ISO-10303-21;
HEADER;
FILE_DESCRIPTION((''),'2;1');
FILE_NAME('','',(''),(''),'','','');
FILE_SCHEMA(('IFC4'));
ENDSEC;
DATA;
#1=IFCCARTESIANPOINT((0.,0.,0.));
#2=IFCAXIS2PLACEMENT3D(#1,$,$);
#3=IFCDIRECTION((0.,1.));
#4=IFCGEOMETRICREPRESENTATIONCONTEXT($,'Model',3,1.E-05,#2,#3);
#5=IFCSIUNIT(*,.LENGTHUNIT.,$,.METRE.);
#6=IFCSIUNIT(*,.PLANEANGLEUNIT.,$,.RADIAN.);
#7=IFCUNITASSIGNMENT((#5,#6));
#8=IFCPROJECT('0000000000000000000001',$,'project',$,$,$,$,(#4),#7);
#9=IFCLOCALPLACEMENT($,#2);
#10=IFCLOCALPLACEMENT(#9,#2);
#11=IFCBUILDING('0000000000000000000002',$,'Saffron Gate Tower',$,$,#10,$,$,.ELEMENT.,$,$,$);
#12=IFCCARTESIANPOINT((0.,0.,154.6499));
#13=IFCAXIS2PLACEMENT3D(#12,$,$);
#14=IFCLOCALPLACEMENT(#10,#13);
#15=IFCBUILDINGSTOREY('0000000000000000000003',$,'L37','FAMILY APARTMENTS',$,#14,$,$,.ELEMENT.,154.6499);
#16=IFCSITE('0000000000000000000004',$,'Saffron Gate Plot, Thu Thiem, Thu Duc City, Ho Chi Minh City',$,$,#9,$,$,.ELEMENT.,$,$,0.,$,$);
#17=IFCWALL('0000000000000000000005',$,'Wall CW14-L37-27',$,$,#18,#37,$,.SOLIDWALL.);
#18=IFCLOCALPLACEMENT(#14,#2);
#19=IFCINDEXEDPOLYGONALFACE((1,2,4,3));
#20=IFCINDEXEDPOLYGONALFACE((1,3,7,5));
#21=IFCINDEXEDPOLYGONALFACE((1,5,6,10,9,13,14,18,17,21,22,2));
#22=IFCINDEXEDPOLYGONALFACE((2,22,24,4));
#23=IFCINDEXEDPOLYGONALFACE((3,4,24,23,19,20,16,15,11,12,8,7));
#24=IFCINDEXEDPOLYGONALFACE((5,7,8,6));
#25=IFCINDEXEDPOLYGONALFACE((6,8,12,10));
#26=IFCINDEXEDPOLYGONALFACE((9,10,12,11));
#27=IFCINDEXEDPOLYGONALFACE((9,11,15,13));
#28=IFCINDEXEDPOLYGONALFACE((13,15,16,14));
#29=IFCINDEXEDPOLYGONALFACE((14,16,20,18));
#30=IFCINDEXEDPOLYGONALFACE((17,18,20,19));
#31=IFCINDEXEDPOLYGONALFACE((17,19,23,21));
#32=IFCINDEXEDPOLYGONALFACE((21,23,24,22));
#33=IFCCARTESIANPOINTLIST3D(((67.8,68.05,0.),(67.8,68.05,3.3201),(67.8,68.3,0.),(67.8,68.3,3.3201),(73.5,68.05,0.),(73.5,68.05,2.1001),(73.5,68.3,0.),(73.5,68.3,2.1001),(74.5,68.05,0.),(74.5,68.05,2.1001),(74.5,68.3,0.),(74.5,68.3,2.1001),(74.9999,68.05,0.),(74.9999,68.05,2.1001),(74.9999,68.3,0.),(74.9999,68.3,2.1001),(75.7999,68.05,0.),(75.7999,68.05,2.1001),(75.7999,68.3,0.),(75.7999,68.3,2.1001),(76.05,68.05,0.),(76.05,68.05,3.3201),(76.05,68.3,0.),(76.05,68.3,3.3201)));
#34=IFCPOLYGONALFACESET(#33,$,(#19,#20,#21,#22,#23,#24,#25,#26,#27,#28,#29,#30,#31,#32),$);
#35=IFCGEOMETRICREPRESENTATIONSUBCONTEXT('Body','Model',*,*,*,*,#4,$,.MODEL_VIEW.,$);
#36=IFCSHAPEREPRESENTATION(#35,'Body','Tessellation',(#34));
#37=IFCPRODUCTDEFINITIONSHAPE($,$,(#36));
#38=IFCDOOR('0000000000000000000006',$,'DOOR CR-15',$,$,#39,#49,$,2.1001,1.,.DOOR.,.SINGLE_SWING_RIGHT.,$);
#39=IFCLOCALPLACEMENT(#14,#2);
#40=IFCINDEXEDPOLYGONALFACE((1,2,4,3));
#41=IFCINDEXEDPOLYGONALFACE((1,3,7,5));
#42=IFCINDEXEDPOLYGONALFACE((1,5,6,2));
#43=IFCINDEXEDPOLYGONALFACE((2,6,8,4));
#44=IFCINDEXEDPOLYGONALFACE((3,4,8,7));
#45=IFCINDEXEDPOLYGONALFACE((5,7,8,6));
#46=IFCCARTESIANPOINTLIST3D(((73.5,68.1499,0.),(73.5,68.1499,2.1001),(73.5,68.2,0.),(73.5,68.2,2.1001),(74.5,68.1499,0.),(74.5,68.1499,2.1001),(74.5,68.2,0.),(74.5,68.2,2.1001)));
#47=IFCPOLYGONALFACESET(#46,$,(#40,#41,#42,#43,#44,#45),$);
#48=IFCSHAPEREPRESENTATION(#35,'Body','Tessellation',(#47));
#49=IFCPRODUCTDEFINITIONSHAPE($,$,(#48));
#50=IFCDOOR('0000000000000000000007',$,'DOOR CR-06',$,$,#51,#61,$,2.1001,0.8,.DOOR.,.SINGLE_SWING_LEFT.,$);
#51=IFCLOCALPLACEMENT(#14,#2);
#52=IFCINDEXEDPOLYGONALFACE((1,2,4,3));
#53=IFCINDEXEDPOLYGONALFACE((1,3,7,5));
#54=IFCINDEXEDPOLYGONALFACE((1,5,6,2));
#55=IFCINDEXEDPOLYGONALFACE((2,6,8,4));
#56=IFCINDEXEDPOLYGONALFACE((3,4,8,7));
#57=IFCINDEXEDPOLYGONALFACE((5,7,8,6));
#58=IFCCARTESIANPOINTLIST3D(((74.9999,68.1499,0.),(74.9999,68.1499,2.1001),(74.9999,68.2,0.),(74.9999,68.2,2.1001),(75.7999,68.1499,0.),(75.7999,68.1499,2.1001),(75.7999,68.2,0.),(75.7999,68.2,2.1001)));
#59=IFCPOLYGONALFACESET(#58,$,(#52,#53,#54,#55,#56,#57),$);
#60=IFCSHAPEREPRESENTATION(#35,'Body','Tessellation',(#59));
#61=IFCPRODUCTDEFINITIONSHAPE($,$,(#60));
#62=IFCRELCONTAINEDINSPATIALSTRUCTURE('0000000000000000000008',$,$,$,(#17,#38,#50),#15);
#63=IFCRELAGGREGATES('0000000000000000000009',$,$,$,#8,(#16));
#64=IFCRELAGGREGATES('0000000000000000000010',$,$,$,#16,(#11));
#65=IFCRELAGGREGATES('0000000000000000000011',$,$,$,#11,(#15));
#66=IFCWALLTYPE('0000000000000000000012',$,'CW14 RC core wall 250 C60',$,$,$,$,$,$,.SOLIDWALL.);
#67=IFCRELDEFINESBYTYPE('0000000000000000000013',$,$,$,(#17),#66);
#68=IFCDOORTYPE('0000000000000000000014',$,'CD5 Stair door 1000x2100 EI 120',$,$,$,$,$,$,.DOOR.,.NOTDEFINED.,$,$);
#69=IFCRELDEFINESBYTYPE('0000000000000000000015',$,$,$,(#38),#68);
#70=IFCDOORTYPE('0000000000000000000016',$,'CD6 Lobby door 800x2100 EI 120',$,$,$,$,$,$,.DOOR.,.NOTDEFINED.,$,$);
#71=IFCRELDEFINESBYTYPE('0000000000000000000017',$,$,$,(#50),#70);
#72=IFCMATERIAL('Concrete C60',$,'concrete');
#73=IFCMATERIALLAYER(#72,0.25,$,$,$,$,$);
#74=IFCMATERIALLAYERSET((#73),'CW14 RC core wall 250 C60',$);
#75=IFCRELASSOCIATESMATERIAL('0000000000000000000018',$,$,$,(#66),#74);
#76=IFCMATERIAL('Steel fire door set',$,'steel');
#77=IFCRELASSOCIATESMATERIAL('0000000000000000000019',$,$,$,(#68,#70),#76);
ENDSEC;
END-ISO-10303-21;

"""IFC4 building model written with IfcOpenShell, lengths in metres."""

from ifc_helpers import new_model, si_unit, direction, frame, frame_2d, origin, place, context, subcontext, project, spatial, rectangle, extrude, material, layer, layer_set, type_object, element, fill, save


model = new_model("IFC4")

# Units and contexts
model_context = context("Model", 3, precision=1e-05, world=origin(), true_north=direction((0.0, 1.0)))
body_context = subcontext(model_context, "Body", "Model", "MODEL_VIEW")
ifc_project = project(units=[si_unit("LENGTHUNIT", "METRE"), si_unit("PLANEANGLEUNIT", "RADIAN")], contexts=[model_context])

# Site, building, storey
site_placement = place(None, origin())
site = spatial("IfcSite", under=ifc_project, at=site_placement, Name="Saffron Gate Plot, Thu Thiem, Thu Duc City, Ho Chi Minh City", CompositionType="ELEMENT", RefElevation=0.0)
building_placement = place(site_placement, origin())
building = spatial("IfcBuilding", under=site, at=building_placement, Name="Saffron Gate Tower", CompositionType="ELEMENT")
storey_placement = place(building_placement, frame((0.0, 0.0, 154.6499)))
storey = spatial("IfcBuildingStorey", under=building, at=storey_placement, Name="L37", Description="FAMILY APARTMENTS", CompositionType="ELEMENT", Elevation=154.6499)

# Wall, openings, doors
ifc_material_1 = material(Name="Concrete C60", Category="concrete")
ifc_layer_1 = layer(ifc_material_1, 0.25)
ifc_layer_set_1 = layer_set([ifc_layer_1], Name="CW14 RC core wall 250 C60")
wall_type_1 = type_object("IfcWallType", Name="CW14 RC core wall 250 C60", PredefinedType="SOLIDWALL", material=ifc_layer_set_1)
wall_1_placement = place(storey_placement, frame((67.8, 68.175, 0.0), z_axis=(0.0, 0.0, 1.0), x_axis=(1.0, 0.0, 0.0)))
wall_1 = element("IfcWall", 1, at=wall_1_placement, inside=storey, type_object=wall_type_1, Name="Wall CW14-L37-27", PredefinedType="SOLIDWALL", context=body_context, shape_type="SweptSolid", body=[
    extrude(rectangle(XDim=8.25, YDim=0.25, at=frame_2d((4.125, 0.0))), origin(), (0.0, 0.0, 1.0), 3.3201),
])
opening_1_placement = place(wall_1_placement, frame((5.7, 0.0, 0.0)))
opening_1 = element("IfcOpeningElement", 2, at=opening_1_placement, cuts=wall_1, PredefinedType="OPENING", context=body_context, shape_type="SweptSolid", body=[
    extrude(rectangle(XDim=1.0, YDim=2.1001, at=frame_2d((0.5, 1.05))), frame((0.0, 0.135, 0.0), z_axis=(0.0, -1.0, 0.0), x_axis=(1.0, 0.0, 0.0)), (0.0, 0.0, 1.0), 0.27),
])
opening_2_placement = place(wall_1_placement, frame((7.2, 0.0, 0.0)))
opening_2 = element("IfcOpeningElement", 3, at=opening_2_placement, cuts=wall_1, PredefinedType="OPENING", context=body_context, shape_type="SweptSolid", body=[
    extrude(rectangle(XDim=0.8, YDim=2.1001, at=frame_2d((0.3999, 1.05))), frame((0.0, 0.135, 0.0), z_axis=(0.0, -1.0, 0.0), x_axis=(1.0, 0.0, 0.0)), (0.0, 0.0, 1.0), 0.27),
])
ifc_material_2 = material(Name="Steel fire door set", Category="steel")
door_type_1 = type_object("IfcDoorType", Name="CD5 Stair door 1000x2100 EI 120", OperationType="NOTDEFINED", PredefinedType="DOOR", material=ifc_material_2)
door_1_placement = place(opening_1_placement, origin())
door_1 = element("IfcDoor", 4, at=door_1_placement, inside=storey, type_object=door_type_1, Name="DOOR CR-15", OperationType="SINGLE_SWING_RIGHT", OverallHeight=2.1001, OverallWidth=1.0, PredefinedType="DOOR", context=body_context, shape_type="SweptSolid", body=[
    extrude(rectangle(XDim=1.0, YDim=2.1001, at=frame_2d((0.5, 1.05))), frame((0.0, 0.0249, 0.0), z_axis=(0.0, -1.0, 0.0), x_axis=(1.0, 0.0, 0.0)), (0.0, 0.0, 1.0), 0.05),
])
fill(opening_1, door_1)
door_type_2 = type_object("IfcDoorType", Name="CD6 Lobby door 800x2100 EI 120", OperationType="NOTDEFINED", PredefinedType="DOOR", material=ifc_material_2)
door_2_placement = place(opening_2_placement, origin())
door_2 = element("IfcDoor", 5, at=door_2_placement, inside=storey, type_object=door_type_2, Name="DOOR CR-06", OperationType="SINGLE_SWING_LEFT", OverallHeight=2.1001, OverallWidth=0.8, PredefinedType="DOOR", context=body_context, shape_type="SweptSolid", body=[
    extrude(rectangle(XDim=0.8, YDim=2.1001, at=frame_2d((0.3999, 1.05))), frame((0.0, 0.0249, 0.0), z_axis=(0.0, -1.0, 0.0), x_axis=(1.0, 0.0, 0.0)), (0.0, 0.0, 1.0), 0.05),
])
fill(opening_2, door_2)

save(model, "model.ifc")
